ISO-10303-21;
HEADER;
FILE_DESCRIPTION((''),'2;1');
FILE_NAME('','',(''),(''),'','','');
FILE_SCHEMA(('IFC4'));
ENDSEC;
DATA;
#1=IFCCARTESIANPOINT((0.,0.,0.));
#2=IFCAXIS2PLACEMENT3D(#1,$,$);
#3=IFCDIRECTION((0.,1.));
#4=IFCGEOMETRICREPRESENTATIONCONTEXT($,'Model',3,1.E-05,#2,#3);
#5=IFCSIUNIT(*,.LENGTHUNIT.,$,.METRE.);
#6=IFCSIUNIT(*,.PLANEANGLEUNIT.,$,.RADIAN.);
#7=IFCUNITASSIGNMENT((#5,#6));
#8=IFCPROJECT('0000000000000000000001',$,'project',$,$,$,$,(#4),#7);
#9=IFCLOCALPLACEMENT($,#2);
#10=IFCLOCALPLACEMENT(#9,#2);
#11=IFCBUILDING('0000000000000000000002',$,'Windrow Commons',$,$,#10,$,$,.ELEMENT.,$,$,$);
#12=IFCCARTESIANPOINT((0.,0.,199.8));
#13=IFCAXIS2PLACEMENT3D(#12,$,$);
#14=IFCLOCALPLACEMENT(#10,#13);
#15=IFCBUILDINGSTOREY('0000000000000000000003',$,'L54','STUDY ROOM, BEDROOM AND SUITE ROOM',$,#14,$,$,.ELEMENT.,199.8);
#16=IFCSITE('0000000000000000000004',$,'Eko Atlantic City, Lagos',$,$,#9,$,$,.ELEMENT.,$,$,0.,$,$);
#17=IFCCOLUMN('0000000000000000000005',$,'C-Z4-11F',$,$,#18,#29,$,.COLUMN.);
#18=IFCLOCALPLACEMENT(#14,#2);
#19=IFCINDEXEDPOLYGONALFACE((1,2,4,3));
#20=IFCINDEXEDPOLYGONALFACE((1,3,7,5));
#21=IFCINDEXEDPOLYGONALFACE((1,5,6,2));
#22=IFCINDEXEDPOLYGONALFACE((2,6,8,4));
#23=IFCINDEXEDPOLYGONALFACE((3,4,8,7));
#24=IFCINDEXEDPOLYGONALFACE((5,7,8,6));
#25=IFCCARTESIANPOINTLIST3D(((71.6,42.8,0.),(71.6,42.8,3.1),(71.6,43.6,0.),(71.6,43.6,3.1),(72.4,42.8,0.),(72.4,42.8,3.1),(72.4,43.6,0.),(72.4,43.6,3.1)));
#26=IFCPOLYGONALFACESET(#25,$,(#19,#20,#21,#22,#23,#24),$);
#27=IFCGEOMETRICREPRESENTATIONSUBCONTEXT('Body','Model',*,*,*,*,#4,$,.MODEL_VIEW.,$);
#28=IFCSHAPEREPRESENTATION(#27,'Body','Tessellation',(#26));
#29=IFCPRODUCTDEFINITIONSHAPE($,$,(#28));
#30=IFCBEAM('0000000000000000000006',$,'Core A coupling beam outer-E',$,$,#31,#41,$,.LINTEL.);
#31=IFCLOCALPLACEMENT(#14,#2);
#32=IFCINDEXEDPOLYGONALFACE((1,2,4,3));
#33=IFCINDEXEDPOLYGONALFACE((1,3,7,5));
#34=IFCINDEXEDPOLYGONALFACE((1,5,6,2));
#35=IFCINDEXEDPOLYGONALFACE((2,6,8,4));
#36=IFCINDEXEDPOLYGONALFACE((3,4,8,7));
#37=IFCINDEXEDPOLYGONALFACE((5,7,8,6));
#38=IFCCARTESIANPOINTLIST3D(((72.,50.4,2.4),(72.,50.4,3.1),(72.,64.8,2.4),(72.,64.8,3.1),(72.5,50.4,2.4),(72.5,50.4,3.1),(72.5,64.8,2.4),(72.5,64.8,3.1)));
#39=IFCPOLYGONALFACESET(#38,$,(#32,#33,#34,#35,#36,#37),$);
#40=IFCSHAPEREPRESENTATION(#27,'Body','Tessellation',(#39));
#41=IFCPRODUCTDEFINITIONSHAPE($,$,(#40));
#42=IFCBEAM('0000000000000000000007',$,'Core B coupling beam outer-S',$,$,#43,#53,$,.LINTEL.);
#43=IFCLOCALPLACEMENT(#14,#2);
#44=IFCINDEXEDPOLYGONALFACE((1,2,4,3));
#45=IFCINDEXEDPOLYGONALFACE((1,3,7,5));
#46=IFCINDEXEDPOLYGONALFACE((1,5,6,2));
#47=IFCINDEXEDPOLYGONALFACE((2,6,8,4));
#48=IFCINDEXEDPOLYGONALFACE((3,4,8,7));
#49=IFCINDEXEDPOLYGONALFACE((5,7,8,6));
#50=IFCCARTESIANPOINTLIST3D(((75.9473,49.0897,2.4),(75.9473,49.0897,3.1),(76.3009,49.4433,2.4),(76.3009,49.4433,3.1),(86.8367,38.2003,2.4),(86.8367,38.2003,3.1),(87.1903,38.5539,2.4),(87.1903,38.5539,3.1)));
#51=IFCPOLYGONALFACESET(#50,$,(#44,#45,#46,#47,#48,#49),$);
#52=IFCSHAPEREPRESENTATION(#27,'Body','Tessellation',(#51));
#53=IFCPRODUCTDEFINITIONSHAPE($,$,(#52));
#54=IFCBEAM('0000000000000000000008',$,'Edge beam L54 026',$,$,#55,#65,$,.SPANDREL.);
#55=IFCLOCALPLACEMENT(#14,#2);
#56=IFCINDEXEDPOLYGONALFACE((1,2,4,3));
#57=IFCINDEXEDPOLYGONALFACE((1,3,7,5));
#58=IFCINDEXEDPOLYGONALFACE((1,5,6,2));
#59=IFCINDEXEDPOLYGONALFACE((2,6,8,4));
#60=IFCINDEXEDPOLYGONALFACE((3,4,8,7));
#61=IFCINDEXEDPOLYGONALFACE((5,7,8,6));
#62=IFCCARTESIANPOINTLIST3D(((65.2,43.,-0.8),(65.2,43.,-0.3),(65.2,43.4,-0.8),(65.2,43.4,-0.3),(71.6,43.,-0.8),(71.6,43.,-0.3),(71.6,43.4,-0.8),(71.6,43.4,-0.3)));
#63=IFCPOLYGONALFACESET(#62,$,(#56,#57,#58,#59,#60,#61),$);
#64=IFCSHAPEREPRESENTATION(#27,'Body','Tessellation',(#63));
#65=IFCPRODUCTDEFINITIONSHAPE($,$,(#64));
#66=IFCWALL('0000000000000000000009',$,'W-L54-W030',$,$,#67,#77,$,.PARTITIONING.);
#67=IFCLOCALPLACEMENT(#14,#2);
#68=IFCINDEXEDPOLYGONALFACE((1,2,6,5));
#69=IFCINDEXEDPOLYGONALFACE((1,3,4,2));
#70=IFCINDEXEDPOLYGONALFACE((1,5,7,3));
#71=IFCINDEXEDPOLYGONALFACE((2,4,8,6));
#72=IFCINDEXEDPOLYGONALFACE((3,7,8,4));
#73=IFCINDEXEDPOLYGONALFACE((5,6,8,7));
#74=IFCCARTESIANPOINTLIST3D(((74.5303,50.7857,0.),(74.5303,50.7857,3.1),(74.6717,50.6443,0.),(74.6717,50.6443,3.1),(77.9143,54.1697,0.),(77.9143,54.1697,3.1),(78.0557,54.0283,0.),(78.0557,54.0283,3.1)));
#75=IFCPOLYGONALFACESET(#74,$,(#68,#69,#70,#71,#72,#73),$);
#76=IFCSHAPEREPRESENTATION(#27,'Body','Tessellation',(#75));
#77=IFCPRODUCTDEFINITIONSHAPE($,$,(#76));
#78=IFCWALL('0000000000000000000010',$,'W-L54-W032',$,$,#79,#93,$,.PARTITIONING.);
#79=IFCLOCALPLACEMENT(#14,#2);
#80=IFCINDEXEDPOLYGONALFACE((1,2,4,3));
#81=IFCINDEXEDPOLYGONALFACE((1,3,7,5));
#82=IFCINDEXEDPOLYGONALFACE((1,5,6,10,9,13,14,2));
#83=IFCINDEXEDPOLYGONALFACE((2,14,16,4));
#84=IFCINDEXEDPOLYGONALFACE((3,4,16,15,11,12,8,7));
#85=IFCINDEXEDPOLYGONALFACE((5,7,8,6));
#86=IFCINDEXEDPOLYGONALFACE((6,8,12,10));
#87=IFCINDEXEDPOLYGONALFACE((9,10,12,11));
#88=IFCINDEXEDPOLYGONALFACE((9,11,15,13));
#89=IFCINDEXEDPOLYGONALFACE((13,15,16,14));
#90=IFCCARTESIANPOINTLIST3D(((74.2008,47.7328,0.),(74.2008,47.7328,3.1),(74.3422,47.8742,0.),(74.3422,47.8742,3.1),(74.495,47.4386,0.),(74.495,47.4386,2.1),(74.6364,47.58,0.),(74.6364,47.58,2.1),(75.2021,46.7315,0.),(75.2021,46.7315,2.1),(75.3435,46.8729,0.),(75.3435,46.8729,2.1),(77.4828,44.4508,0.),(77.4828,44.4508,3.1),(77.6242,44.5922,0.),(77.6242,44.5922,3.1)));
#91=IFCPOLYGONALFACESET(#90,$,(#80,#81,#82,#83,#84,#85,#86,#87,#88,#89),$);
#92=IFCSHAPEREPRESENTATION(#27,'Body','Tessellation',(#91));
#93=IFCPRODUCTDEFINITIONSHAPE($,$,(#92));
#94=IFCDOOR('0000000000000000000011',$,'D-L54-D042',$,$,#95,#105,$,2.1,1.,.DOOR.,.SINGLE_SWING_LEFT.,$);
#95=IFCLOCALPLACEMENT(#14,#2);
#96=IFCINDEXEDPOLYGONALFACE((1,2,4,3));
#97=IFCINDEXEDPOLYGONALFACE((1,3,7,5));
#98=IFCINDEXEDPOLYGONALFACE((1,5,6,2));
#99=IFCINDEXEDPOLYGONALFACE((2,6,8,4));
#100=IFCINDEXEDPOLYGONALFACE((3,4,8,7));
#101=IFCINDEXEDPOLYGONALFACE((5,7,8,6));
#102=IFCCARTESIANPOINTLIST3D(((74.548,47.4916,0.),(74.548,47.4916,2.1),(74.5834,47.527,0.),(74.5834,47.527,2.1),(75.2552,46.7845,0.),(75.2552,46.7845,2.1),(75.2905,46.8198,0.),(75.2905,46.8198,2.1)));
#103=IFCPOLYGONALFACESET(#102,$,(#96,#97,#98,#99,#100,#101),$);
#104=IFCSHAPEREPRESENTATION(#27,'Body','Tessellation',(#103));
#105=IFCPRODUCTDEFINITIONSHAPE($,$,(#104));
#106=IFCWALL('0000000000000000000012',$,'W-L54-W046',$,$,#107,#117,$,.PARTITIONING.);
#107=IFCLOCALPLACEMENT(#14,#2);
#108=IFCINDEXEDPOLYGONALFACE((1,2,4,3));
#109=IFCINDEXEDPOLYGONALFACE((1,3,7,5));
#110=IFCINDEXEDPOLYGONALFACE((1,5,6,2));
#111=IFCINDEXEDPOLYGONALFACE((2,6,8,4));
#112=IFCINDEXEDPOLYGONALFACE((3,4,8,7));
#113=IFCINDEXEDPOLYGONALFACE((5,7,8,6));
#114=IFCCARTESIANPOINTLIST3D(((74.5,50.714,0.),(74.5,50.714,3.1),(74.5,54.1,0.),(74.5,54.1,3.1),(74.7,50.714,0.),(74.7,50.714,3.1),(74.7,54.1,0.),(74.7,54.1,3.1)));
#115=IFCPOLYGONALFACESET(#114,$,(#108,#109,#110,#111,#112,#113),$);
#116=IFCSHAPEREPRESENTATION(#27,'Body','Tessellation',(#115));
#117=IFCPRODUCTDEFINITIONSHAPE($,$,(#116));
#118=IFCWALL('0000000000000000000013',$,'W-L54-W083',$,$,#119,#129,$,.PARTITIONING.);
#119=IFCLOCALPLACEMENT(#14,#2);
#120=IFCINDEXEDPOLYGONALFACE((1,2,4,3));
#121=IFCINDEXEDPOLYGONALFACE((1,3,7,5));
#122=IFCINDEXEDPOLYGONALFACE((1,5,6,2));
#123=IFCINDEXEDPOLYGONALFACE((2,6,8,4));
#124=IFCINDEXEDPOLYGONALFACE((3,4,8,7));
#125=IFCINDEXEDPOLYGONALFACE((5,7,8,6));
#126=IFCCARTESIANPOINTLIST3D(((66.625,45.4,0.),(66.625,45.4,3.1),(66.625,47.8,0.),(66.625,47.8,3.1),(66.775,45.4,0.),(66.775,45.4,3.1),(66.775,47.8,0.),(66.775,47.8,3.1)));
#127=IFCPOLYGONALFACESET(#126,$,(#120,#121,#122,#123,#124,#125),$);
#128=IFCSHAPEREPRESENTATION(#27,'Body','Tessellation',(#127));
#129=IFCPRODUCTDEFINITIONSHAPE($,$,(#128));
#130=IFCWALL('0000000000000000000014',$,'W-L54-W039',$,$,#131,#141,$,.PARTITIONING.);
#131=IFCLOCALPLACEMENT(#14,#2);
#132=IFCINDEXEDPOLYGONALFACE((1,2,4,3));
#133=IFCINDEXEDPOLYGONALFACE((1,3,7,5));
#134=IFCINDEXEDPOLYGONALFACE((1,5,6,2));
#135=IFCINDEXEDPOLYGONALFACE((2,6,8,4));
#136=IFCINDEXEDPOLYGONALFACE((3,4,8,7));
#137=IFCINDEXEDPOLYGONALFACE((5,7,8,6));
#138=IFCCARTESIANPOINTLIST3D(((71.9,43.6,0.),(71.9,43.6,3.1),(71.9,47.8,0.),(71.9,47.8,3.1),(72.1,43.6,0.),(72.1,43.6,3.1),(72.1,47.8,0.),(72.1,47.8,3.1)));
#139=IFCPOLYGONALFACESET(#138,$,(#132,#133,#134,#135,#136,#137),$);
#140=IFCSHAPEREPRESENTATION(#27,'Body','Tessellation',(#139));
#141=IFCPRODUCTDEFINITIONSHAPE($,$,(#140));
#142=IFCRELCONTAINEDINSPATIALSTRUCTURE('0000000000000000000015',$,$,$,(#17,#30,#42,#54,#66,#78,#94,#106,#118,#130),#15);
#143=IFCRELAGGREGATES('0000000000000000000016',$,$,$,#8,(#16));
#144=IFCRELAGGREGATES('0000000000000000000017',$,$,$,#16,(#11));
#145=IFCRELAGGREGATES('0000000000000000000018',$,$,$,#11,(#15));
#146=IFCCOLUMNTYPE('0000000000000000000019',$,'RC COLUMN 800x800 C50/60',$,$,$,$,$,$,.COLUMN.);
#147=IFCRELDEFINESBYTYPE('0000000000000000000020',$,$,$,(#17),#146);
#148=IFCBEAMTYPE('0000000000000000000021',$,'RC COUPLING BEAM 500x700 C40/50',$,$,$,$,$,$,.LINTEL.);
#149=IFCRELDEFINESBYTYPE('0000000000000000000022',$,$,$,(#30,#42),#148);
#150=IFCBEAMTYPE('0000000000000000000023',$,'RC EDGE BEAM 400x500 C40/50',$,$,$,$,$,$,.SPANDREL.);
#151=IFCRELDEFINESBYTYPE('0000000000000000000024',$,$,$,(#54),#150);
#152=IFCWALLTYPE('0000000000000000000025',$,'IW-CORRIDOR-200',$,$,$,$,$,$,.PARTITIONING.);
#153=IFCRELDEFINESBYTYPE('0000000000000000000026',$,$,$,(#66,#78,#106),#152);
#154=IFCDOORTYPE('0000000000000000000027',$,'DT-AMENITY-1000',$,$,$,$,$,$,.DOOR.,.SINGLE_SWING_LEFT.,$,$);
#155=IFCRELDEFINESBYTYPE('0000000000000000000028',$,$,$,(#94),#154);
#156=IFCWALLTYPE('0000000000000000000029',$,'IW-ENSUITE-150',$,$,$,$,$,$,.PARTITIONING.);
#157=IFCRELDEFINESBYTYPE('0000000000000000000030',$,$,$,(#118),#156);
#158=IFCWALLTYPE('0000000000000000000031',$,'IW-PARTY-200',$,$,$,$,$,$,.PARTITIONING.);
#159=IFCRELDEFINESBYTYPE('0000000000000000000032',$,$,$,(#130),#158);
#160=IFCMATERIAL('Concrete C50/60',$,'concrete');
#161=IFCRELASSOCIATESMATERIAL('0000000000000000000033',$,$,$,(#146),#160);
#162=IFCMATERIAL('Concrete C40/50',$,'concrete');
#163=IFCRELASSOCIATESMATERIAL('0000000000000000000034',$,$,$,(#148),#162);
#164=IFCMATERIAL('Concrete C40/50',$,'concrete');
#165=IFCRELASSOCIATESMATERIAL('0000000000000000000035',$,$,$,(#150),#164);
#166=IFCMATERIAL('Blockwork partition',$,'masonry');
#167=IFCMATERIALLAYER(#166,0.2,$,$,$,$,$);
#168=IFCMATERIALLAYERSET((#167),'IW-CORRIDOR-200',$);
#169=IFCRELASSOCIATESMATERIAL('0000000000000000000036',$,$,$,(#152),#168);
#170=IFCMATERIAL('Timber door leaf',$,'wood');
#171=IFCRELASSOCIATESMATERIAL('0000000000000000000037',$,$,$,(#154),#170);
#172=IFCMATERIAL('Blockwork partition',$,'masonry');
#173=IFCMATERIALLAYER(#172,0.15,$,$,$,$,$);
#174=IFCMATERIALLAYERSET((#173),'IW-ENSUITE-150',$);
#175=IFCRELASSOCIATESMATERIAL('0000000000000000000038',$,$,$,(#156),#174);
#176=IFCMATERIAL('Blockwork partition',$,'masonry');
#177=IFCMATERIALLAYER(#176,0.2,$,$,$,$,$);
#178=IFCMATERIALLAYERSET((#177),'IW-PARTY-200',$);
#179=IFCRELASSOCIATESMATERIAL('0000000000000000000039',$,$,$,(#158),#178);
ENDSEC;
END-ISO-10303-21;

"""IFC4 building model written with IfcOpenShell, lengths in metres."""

from ifc_helpers import new_model, si_unit, direction, frame, frame_2d, origin, origin_2d, place, context, subcontext, project, spatial, rectangle, extrude, material, layer, layer_set, material_profile, profile_set, type_object, element, fill, save


model = new_model("IFC4")

# Units and contexts
model_context = context("Model", 3, precision=1e-05, world=origin(), true_north=direction((0.0, 1.0)))
body_context = subcontext(model_context, "Body", "Model", "MODEL_VIEW")
ifc_project = project(units=[si_unit("LENGTHUNIT", "METRE"), si_unit("PLANEANGLEUNIT", "RADIAN")], contexts=[model_context])

# Site, building, storey
site_placement = place(None, origin())
site = spatial("IfcSite", under=ifc_project, at=site_placement, Name="Eko Atlantic City, Lagos", CompositionType="ELEMENT", RefElevation=0.0)
building_placement = place(site_placement, origin())
building = spatial("IfcBuilding", under=site, at=building_placement, Name="Windrow Commons", CompositionType="ELEMENT")
storey_placement = place(building_placement, frame((0.0, 0.0, 199.8)))
storey = spatial("IfcBuildingStorey", under=building, at=storey_placement, Name="L54", Description="STUDY ROOM, BEDROOM AND SUITE ROOM", CompositionType="ELEMENT", Elevation=199.8)

# Column
ifc_material_1 = material(Name="Concrete C50/60", Category="concrete")
ifc_material_profile_1 = material_profile(ifc_material_1, rectangle(XDim=0.8, YDim=0.8, at=origin_2d()))
ifc_profile_set_1 = profile_set([ifc_material_profile_1], Name="Concrete C50/60")
column_type = type_object("IfcColumnType", Name="RC COLUMN 800x800 C50/60", PredefinedType="COLUMN", material=ifc_profile_set_1)
column_placement = place(storey_placement, frame((72.0, 43.2, 0.0), z_axis=(0.0, 0.0, 1.0), x_axis=(1.0, 0.0, 0.0)))
element("IfcColumn", 1, at=column_placement, inside=storey, type_object=column_type, Name="C-Z4-11F", PredefinedType="COLUMN", context=body_context, shape_type="SweptSolid", body=[
    extrude(rectangle(XDim=0.8, YDim=0.8, at=origin_2d()), origin(), (0.0, 0.0, 1.0), 3.1),
])

# Beams
ifc_material_2 = material(Name="Concrete C40/50", Category="concrete")
ifc_material_profile_2 = material_profile(ifc_material_2, rectangle(XDim=0.5, YDim=0.7, at=origin_2d()))
ifc_profile_set_2 = profile_set([ifc_material_profile_2], Name="Concrete C40/50")
beam_type_1 = type_object("IfcBeamType", Name="RC COUPLING BEAM 500x700 C40/50", PredefinedType="LINTEL", material=ifc_profile_set_2)
beam_1_placement = place(storey_placement, frame((72.25, 50.4, 2.75), z_axis=(0.0, 1.0, 0.0), x_axis=(-1.0, 0.0, 0.0)))
element("IfcBeam", 2, at=beam_1_placement, inside=storey, type_object=beam_type_1, Name="Core A coupling beam outer-E", PredefinedType="LINTEL", context=body_context, shape_type="SweptSolid", body=[
    extrude(rectangle(XDim=0.5, YDim=0.7, at=origin_2d()), origin(), (0.0, 0.0, 1.0), 14.4),
])
beam_2_placement = place(storey_placement, frame((76.1241, 49.2665, 2.75), z_axis=(0.707107, -0.707107, 0.0), x_axis=(0.707107, 0.707107, 0.0)))
element("IfcBeam", 3, at=beam_2_placement, inside=storey, type_object=beam_type_1, Name="Core B coupling beam outer-S", PredefinedType="LINTEL", context=body_context, shape_type="SweptSolid", body=[
    extrude(rectangle(XDim=0.5, YDim=0.7, at=origin_2d()), origin(), (0.0, 0.0, 1.0), 15.3999),
])
ifc_material_3 = material(Name="Concrete C40/50", Category="concrete")
ifc_material_profile_3 = material_profile(ifc_material_3, rectangle(XDim=0.4, YDim=0.5, at=origin_2d()))
ifc_profile_set_3 = profile_set([ifc_material_profile_3], Name="Concrete C40/50")
beam_type_2 = type_object("IfcBeamType", Name="RC EDGE BEAM 400x500 C40/50", PredefinedType="SPANDREL", material=ifc_profile_set_3)
beam_3_placement = place(storey_placement, frame((71.6, 43.2, -0.55), z_axis=(-1.0, 0.0, 0.0), x_axis=(0.0, -1.0, 0.0)))
element("IfcBeam", 4, at=beam_3_placement, inside=storey, type_object=beam_type_2, Name="Edge beam L54 026", PredefinedType="SPANDREL", context=body_context, shape_type="SweptSolid", body=[
    extrude(rectangle(XDim=0.4, YDim=0.5, at=origin_2d()), origin(), (0.0, 0.0, 1.0), 6.4),
])

# Wall
ifc_material_4 = material(Name="Blockwork partition", Category="masonry")
ifc_layer_1 = layer(ifc_material_4, 0.2)
ifc_layer_set_1 = layer_set([ifc_layer_1], Name="IW-CORRIDOR-200")
wall_type_1 = type_object("IfcWallType", Name="IW-CORRIDOR-200", PredefinedType="PARTITIONING", material=ifc_layer_set_1)
wall_1_placement = place(storey_placement, frame((74.601, 50.715, 0.0), z_axis=(0.0, 0.0, 1.0), x_axis=(0.707107, 0.707107, 0.0)))
element("IfcWall", 5, at=wall_1_placement, inside=storey, type_object=wall_type_1, Name="W-L54-W030", PredefinedType="PARTITIONING", context=body_context, shape_type="SweptSolid", body=[
    extrude(rectangle(XDim=4.7857, YDim=0.2, at=frame_2d((2.3929, 0.0))), origin(), (0.0, 0.0, 1.0), 3.1),
])

# Wall, opening, door
wall_2_placement = place(storey_placement, frame((74.2715, 47.8035, 0.0), z_axis=(0.0, 0.0, 1.0), x_axis=(0.707107, -0.707107, 0.0)))
wall_2 = element("IfcWall", 6, at=wall_2_placement, inside=storey, type_object=wall_type_1, Name="W-L54-W032", PredefinedType="PARTITIONING", context=body_context, shape_type="SweptSolid", body=[
    extrude(rectangle(XDim=4.6414, YDim=0.2, at=frame_2d((2.3207, 0.0))), origin(), (0.0, 0.0, 1.0), 3.1),
])
opening_1_placement = place(wall_2_placement, frame((0.4161, 0.0, 0.0)))
opening_1 = element("IfcOpeningElement", 7, at=opening_1_placement, cuts=wall_2, PredefinedType="OPENING", context=body_context, shape_type="SweptSolid", body=[
    extrude(rectangle(XDim=1.0, YDim=2.1, at=frame_2d((0.5, 1.05))), frame((0.0, 0.11, 0.0), z_axis=(0.0, -1.0, 0.0), x_axis=(1.0, 0.0, 0.0)), (0.0, 0.0, 1.0), 0.22),
])
ifc_material_5 = material(Name="Timber door leaf", Category="wood")
door_type_1 = type_object("IfcDoorType", Name="DT-AMENITY-1000", OperationType="SINGLE_SWING_LEFT", PredefinedType="DOOR", material=ifc_material_5)
door_1_placement = place(opening_1_placement, origin())
door_1 = element("IfcDoor", 8, at=door_1_placement, inside=storey, type_object=door_type_1, Name="D-L54-D042", OperationType="SINGLE_SWING_LEFT", OverallHeight=2.1, OverallWidth=1.0, PredefinedType="DOOR", context=body_context, shape_type="SweptSolid", body=[
    extrude(rectangle(XDim=1.0, YDim=2.1, at=frame_2d((0.5, 1.05))), frame((0.0, 0.025, 0.0), z_axis=(0.0, -1.0, 0.0), x_axis=(1.0, 0.0, 0.0)), (0.0, 0.0, 1.0), 0.05),
])
fill(opening_1, door_1)

# Walls
wall_3_placement = place(storey_placement, frame((74.6, 50.714, 0.0), z_axis=(0.0, 0.0, 1.0), x_axis=(0.0, 1.0, 0.0)))
element("IfcWall", 9, at=wall_3_placement, inside=storey, type_object=wall_type_1, Name="W-L54-W046", PredefinedType="PARTITIONING", context=body_context, shape_type="SweptSolid", body=[
    extrude(rectangle(XDim=3.386, YDim=0.2, at=frame_2d((1.693, 0.0))), origin(), (0.0, 0.0, 1.0), 3.1),
])
ifc_material_6 = material(Name="Blockwork partition", Category="masonry")
ifc_layer_2 = layer(ifc_material_6, 0.15)
ifc_layer_set_2 = layer_set([ifc_layer_2], Name="IW-ENSUITE-150")
wall_type_2 = type_object("IfcWallType", Name="IW-ENSUITE-150", PredefinedType="PARTITIONING", material=ifc_layer_set_2)
wall_4_placement = place(storey_placement, frame((66.7, 45.4, 0.0), z_axis=(0.0, 0.0, 1.0), x_axis=(0.0, 1.0, 0.0)))
element("IfcWall", 10, at=wall_4_placement, inside=storey, type_object=wall_type_2, Name="W-L54-W083", PredefinedType="PARTITIONING", context=body_context, shape_type="SweptSolid", body=[
    extrude(rectangle(XDim=2.4, YDim=0.15, at=frame_2d((1.2, 0.0))), origin(), (0.0, 0.0, 1.0), 3.1),
])
ifc_material_7 = material(Name="Blockwork partition", Category="masonry")
ifc_layer_3 = layer(ifc_material_7, 0.2)
ifc_layer_set_3 = layer_set([ifc_layer_3], Name="IW-PARTY-200")
wall_type_3 = type_object("IfcWallType", Name="IW-PARTY-200", PredefinedType="PARTITIONING", material=ifc_layer_set_3)
wall_5_placement = place(storey_placement, frame((72.0, 43.6, 0.0), z_axis=(0.0, 0.0, 1.0), x_axis=(0.0, 1.0, 0.0)))
element("IfcWall", 11, at=wall_5_placement, inside=storey, type_object=wall_type_3, Name="W-L54-W039", PredefinedType="PARTITIONING", context=body_context, shape_type="SweptSolid", body=[
    extrude(rectangle(XDim=4.2, YDim=0.2, at=frame_2d((2.1, 0.0))), origin(), (0.0, 0.0, 1.0), 3.1),
])

save(model, "model.ifc")
